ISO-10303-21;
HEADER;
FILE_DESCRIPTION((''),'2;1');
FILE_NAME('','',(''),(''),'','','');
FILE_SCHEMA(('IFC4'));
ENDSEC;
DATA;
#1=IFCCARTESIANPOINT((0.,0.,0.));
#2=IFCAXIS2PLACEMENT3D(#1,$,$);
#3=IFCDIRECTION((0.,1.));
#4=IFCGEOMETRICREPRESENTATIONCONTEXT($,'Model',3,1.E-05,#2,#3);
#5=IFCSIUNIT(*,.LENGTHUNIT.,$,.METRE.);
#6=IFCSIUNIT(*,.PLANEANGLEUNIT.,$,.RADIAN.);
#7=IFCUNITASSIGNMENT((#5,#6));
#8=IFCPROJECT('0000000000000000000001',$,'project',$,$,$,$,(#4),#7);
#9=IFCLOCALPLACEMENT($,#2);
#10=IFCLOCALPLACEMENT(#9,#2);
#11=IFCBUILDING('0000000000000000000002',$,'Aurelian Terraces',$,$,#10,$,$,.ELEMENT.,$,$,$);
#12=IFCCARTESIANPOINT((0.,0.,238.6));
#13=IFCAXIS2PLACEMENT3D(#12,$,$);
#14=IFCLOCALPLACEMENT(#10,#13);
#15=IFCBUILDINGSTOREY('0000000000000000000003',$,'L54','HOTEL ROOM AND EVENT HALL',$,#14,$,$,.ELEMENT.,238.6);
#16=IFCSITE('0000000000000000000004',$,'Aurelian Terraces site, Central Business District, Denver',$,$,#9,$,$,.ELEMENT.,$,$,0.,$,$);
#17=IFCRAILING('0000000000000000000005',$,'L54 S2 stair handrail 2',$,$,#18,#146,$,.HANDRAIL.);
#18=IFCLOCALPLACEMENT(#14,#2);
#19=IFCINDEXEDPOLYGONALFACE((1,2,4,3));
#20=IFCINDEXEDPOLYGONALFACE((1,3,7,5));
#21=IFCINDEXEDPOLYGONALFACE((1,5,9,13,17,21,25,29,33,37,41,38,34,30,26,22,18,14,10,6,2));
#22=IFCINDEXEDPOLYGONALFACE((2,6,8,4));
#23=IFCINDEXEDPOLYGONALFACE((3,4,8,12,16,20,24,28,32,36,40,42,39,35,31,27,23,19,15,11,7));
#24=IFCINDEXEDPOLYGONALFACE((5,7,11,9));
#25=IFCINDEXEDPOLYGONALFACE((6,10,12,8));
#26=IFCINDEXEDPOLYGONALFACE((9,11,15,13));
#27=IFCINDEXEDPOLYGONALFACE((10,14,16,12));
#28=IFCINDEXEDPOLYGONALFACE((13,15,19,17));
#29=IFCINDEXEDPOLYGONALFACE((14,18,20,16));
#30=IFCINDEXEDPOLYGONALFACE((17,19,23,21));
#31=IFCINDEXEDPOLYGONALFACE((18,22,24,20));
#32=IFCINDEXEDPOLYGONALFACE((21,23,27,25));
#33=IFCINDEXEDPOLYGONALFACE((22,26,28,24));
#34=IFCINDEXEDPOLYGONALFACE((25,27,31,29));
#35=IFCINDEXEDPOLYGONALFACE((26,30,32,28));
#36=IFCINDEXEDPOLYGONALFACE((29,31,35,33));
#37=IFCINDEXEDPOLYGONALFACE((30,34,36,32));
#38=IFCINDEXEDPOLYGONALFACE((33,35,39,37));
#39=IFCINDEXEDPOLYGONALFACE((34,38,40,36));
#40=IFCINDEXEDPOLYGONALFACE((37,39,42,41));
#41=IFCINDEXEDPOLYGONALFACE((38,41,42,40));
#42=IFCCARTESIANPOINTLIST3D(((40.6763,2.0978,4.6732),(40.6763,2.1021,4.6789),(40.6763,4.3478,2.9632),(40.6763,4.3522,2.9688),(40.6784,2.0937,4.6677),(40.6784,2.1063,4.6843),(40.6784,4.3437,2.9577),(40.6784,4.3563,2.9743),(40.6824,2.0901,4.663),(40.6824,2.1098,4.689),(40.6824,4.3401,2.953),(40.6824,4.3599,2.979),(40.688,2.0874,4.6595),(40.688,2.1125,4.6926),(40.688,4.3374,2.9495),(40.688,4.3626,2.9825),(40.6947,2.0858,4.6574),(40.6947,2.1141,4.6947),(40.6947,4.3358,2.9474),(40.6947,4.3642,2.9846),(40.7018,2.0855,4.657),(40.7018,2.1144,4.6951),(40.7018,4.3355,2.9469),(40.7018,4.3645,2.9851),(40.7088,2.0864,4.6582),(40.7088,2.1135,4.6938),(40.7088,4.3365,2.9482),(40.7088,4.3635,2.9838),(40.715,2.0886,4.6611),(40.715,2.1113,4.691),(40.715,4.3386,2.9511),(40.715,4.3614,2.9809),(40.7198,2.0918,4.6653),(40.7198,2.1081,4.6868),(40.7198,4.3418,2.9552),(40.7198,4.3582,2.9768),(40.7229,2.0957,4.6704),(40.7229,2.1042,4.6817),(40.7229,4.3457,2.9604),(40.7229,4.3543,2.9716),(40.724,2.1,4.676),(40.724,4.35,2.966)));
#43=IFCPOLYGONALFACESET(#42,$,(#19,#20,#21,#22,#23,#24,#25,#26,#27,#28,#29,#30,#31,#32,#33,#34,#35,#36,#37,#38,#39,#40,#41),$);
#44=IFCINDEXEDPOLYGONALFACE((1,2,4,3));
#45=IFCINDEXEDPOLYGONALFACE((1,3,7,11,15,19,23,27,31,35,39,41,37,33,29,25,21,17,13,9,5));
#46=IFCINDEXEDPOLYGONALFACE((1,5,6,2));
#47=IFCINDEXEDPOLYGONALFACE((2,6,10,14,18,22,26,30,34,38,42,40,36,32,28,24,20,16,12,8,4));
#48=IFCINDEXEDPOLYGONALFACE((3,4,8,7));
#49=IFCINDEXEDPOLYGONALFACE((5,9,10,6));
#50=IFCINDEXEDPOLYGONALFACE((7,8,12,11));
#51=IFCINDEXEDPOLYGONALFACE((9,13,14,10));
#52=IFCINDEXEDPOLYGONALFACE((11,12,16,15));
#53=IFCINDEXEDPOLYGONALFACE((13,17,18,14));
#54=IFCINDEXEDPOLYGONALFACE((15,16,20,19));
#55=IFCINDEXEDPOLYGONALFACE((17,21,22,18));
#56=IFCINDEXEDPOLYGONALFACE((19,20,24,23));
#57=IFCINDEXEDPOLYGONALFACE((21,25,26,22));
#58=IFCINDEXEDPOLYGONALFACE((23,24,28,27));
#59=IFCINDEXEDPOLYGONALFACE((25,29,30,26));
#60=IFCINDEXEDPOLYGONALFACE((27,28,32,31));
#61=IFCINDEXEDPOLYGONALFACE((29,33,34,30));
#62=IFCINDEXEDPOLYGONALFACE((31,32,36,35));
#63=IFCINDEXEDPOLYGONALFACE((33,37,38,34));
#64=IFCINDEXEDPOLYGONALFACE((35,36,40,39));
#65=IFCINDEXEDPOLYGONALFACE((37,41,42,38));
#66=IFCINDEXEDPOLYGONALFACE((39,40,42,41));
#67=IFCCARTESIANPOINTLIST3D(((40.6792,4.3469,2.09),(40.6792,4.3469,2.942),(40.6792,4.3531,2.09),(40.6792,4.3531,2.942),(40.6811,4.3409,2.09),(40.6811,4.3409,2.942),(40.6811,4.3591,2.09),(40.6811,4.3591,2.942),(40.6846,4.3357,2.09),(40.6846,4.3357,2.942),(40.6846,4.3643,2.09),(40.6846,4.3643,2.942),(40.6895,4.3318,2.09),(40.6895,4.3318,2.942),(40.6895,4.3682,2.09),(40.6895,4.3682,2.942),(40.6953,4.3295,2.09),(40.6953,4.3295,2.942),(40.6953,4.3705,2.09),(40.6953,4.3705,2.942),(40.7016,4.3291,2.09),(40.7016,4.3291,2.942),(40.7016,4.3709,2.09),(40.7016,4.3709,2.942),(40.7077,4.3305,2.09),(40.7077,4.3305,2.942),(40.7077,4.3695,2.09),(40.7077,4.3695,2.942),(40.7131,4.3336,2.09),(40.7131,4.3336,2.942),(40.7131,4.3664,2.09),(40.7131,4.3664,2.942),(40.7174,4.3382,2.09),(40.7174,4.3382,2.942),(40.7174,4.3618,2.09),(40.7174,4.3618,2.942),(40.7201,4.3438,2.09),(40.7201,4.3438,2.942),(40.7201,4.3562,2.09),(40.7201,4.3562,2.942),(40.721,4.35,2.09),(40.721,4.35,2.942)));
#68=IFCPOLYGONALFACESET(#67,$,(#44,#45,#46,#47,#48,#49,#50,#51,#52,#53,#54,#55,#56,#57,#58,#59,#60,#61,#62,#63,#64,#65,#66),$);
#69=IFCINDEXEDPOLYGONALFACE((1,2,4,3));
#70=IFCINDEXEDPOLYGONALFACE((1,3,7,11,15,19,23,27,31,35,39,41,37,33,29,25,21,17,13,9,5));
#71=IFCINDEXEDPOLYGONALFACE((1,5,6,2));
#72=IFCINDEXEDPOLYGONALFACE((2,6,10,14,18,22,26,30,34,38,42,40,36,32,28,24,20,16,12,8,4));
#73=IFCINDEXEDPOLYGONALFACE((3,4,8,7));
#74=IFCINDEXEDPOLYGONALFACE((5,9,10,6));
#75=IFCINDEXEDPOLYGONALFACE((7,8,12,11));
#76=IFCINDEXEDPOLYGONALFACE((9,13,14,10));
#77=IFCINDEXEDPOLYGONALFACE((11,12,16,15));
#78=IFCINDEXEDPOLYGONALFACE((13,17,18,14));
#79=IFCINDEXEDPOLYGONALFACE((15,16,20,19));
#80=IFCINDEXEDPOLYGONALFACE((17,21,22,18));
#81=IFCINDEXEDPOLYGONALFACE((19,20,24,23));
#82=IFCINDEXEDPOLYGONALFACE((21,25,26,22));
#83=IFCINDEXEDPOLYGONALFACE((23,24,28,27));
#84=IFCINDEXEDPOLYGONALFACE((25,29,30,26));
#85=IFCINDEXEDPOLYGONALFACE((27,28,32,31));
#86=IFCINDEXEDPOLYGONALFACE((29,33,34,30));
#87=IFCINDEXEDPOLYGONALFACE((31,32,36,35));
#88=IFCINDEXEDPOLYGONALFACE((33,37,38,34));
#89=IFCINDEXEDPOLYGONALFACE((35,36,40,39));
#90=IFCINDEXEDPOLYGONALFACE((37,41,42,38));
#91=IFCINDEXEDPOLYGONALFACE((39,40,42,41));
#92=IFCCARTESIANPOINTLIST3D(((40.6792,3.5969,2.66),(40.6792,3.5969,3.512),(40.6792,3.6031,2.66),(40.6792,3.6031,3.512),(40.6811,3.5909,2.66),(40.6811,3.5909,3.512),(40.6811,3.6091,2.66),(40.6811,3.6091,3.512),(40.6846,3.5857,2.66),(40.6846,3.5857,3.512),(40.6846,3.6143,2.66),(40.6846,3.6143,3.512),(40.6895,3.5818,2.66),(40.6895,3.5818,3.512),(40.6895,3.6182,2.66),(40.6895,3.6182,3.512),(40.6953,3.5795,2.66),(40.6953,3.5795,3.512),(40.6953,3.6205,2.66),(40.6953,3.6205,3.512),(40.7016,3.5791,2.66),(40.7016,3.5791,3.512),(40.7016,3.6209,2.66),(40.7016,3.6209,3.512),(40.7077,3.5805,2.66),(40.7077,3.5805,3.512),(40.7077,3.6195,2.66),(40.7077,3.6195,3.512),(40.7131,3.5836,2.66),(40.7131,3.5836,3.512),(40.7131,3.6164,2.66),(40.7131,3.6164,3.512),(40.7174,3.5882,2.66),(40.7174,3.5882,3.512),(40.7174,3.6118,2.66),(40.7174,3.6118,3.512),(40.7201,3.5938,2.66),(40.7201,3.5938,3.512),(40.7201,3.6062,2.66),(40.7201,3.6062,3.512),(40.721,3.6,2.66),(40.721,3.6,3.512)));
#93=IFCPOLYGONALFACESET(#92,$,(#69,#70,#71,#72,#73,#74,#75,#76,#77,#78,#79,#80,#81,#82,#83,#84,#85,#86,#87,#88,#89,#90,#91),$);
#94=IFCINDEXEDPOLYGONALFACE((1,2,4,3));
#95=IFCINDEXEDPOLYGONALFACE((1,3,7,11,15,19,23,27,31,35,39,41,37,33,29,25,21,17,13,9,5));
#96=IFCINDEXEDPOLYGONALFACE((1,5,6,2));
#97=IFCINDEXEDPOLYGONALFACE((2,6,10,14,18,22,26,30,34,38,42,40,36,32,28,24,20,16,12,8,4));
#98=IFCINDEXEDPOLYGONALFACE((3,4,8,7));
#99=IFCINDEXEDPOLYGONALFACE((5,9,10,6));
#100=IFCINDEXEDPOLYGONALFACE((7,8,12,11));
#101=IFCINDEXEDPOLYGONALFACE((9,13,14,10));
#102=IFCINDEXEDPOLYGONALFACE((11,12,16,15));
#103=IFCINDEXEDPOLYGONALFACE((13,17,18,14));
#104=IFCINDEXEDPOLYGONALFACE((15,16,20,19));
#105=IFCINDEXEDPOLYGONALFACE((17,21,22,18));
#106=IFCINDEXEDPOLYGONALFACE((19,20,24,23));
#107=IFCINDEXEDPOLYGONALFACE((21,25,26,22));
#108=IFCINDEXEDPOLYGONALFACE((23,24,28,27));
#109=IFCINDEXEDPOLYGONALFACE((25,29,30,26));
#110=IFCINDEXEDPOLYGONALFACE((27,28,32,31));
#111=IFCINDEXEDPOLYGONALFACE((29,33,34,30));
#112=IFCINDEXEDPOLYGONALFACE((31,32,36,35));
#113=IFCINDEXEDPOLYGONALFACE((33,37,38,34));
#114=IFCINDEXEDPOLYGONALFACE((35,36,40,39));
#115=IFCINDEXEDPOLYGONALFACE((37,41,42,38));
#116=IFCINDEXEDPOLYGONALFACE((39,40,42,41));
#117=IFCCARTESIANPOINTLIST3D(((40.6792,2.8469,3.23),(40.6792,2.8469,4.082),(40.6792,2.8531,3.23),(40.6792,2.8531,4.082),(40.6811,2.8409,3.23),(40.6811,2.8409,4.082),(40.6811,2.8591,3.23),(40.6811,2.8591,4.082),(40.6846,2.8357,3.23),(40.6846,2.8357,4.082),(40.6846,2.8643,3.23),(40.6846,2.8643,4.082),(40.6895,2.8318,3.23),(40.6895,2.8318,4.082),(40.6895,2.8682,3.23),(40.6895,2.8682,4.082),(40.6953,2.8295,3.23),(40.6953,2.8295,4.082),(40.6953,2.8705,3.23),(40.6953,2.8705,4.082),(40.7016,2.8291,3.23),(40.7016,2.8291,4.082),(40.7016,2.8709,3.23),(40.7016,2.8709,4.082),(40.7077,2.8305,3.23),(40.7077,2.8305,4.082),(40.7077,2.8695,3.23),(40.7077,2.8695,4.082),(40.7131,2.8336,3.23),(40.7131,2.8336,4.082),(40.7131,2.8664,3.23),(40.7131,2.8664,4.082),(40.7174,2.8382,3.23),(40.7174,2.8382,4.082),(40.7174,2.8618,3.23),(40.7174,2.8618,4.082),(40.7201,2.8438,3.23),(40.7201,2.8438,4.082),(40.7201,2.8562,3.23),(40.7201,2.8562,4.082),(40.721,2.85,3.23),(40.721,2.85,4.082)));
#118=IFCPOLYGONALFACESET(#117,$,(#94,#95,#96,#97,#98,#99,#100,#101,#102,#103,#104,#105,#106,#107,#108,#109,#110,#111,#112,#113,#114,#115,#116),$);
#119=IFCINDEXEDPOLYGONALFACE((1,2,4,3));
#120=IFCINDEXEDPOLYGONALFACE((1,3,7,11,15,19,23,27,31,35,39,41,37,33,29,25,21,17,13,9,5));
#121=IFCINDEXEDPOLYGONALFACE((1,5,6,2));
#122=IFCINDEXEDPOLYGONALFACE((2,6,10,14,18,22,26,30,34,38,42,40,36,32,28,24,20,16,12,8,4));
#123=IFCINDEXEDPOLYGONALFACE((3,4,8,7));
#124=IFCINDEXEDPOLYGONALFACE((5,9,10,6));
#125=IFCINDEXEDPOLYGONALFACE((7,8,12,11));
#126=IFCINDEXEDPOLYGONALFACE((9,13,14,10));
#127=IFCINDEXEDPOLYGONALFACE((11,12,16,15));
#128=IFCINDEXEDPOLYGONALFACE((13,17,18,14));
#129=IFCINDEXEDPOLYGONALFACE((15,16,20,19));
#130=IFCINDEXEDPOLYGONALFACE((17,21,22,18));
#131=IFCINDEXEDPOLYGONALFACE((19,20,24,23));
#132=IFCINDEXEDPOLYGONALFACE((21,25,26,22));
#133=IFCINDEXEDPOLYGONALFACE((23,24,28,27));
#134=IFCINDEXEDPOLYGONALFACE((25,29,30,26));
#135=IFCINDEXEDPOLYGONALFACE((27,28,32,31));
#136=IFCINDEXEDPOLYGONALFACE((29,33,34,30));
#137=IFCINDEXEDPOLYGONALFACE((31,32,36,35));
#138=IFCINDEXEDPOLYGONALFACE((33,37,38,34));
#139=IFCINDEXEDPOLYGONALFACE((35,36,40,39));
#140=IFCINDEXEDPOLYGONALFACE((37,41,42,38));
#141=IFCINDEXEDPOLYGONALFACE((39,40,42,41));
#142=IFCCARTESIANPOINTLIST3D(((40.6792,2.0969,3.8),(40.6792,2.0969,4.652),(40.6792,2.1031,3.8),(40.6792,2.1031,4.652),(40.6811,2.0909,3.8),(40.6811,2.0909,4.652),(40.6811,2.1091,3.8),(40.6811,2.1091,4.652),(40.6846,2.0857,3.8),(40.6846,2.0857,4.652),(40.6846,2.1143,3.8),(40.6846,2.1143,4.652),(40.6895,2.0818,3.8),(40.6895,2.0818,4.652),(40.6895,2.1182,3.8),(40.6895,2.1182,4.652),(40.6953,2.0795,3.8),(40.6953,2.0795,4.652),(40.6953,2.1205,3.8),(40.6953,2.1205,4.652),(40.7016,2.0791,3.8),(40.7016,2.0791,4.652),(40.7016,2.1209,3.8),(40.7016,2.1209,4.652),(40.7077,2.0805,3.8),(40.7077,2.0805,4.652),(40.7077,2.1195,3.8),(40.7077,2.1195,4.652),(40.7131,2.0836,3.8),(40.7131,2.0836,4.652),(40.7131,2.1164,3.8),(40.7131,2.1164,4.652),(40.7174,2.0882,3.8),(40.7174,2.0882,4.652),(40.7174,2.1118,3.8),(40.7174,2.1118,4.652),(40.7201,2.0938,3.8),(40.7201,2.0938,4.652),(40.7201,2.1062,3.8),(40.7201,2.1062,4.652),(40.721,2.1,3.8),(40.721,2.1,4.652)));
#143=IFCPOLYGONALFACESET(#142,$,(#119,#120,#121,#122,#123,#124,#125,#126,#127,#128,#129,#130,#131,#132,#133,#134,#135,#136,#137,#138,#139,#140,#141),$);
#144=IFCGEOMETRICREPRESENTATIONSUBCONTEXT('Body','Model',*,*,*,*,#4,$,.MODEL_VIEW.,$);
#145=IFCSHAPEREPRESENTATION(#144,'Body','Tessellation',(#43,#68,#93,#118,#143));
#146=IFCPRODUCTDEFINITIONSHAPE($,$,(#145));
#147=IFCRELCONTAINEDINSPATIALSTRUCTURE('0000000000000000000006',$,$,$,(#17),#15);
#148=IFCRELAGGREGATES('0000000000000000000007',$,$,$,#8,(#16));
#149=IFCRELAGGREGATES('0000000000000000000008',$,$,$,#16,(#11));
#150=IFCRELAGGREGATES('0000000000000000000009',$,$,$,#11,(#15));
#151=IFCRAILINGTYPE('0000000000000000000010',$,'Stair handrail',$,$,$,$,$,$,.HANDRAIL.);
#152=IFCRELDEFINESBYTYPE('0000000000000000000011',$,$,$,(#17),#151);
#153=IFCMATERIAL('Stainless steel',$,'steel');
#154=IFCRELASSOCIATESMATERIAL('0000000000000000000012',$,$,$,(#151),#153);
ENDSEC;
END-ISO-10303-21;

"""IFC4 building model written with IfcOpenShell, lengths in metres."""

from ifc_helpers import new_model, si_unit, direction, frame, origin, origin_2d, place, context, subcontext, project, spatial, circle, extrude, source, transform, mapped, material, type_object, element, save


model = new_model("IFC4")

# Units and contexts
model_context = context("Model", 3, precision=1e-05, world=origin(), true_north=direction((0.0, 1.0)))
body_context = subcontext(model_context, "Body", "Model", "MODEL_VIEW")
ifc_project = project(units=[si_unit("LENGTHUNIT", "METRE"), si_unit("PLANEANGLEUNIT", "RADIAN")], contexts=[model_context])

# Site, building, storey
site_placement = place(None, origin())
site = spatial("IfcSite", under=ifc_project, at=site_placement, Name="Aurelian Terraces site, Central Business District, Denver", CompositionType="ELEMENT", RefElevation=0.0)
building_placement = place(site_placement, origin())
building = spatial("IfcBuilding", under=site, at=building_placement, Name="Aurelian Terraces", CompositionType="ELEMENT")
storey_placement = place(building_placement, frame((0.0, 0.0, 238.6)))
storey = spatial("IfcBuildingStorey", under=building, at=storey_placement, Name="L54", Description="HOTEL ROOM AND EVENT HALL", CompositionType="ELEMENT", Elevation=238.6)

# Railing
ifc_material_1 = material(Name="Stainless steel", Category="steel")
railing_type_1 = type_object("IfcRailingType", Name="Stair handrail", PredefinedType="HANDRAIL", material=ifc_material_1)
shared_shape_1 = source(origin(), body_context, "Body", "SweptSolid", [
    extrude(circle(Radius=0.024, at=origin_2d()), frame((0.0, 0.0, 0.876), z_axis=(0.0, -0.796162, 0.605083), x_axis=(1.0, 0.0, 0.0)), (0.0, 0.0, 1.0), 2.8261),
    extrude(circle(Radius=0.021, at=origin_2d()), origin(), (0.0, 0.0, 1.0), 0.852),
    extrude(circle(Radius=0.021, at=origin_2d()), frame((0.0, -0.75, 0.57)), (0.0, 0.0, 1.0), 0.852),
    extrude(circle(Radius=0.021, at=origin_2d()), frame((0.0, -1.5, 1.14)), (0.0, 0.0, 1.0), 0.852),
    extrude(circle(Radius=0.021, at=origin_2d()), frame((0.0, -2.25, 1.71)), (0.0, 0.0, 1.0), 0.852),
])
railing_1_placement = place(storey_placement, frame((40.7, 4.35, 2.09)))
element("IfcRailing", 1, at=railing_1_placement, inside=storey, type_object=railing_type_1, Name="L54 S2 stair handrail 2", PredefinedType="HANDRAIL", context=body_context, shape_type="MappedRepresentation", body=[
    mapped(shared_shape_1, transform((0.0, 0.0, 0.0), scale=1.0)),
])

save(model, "model.ifc")
